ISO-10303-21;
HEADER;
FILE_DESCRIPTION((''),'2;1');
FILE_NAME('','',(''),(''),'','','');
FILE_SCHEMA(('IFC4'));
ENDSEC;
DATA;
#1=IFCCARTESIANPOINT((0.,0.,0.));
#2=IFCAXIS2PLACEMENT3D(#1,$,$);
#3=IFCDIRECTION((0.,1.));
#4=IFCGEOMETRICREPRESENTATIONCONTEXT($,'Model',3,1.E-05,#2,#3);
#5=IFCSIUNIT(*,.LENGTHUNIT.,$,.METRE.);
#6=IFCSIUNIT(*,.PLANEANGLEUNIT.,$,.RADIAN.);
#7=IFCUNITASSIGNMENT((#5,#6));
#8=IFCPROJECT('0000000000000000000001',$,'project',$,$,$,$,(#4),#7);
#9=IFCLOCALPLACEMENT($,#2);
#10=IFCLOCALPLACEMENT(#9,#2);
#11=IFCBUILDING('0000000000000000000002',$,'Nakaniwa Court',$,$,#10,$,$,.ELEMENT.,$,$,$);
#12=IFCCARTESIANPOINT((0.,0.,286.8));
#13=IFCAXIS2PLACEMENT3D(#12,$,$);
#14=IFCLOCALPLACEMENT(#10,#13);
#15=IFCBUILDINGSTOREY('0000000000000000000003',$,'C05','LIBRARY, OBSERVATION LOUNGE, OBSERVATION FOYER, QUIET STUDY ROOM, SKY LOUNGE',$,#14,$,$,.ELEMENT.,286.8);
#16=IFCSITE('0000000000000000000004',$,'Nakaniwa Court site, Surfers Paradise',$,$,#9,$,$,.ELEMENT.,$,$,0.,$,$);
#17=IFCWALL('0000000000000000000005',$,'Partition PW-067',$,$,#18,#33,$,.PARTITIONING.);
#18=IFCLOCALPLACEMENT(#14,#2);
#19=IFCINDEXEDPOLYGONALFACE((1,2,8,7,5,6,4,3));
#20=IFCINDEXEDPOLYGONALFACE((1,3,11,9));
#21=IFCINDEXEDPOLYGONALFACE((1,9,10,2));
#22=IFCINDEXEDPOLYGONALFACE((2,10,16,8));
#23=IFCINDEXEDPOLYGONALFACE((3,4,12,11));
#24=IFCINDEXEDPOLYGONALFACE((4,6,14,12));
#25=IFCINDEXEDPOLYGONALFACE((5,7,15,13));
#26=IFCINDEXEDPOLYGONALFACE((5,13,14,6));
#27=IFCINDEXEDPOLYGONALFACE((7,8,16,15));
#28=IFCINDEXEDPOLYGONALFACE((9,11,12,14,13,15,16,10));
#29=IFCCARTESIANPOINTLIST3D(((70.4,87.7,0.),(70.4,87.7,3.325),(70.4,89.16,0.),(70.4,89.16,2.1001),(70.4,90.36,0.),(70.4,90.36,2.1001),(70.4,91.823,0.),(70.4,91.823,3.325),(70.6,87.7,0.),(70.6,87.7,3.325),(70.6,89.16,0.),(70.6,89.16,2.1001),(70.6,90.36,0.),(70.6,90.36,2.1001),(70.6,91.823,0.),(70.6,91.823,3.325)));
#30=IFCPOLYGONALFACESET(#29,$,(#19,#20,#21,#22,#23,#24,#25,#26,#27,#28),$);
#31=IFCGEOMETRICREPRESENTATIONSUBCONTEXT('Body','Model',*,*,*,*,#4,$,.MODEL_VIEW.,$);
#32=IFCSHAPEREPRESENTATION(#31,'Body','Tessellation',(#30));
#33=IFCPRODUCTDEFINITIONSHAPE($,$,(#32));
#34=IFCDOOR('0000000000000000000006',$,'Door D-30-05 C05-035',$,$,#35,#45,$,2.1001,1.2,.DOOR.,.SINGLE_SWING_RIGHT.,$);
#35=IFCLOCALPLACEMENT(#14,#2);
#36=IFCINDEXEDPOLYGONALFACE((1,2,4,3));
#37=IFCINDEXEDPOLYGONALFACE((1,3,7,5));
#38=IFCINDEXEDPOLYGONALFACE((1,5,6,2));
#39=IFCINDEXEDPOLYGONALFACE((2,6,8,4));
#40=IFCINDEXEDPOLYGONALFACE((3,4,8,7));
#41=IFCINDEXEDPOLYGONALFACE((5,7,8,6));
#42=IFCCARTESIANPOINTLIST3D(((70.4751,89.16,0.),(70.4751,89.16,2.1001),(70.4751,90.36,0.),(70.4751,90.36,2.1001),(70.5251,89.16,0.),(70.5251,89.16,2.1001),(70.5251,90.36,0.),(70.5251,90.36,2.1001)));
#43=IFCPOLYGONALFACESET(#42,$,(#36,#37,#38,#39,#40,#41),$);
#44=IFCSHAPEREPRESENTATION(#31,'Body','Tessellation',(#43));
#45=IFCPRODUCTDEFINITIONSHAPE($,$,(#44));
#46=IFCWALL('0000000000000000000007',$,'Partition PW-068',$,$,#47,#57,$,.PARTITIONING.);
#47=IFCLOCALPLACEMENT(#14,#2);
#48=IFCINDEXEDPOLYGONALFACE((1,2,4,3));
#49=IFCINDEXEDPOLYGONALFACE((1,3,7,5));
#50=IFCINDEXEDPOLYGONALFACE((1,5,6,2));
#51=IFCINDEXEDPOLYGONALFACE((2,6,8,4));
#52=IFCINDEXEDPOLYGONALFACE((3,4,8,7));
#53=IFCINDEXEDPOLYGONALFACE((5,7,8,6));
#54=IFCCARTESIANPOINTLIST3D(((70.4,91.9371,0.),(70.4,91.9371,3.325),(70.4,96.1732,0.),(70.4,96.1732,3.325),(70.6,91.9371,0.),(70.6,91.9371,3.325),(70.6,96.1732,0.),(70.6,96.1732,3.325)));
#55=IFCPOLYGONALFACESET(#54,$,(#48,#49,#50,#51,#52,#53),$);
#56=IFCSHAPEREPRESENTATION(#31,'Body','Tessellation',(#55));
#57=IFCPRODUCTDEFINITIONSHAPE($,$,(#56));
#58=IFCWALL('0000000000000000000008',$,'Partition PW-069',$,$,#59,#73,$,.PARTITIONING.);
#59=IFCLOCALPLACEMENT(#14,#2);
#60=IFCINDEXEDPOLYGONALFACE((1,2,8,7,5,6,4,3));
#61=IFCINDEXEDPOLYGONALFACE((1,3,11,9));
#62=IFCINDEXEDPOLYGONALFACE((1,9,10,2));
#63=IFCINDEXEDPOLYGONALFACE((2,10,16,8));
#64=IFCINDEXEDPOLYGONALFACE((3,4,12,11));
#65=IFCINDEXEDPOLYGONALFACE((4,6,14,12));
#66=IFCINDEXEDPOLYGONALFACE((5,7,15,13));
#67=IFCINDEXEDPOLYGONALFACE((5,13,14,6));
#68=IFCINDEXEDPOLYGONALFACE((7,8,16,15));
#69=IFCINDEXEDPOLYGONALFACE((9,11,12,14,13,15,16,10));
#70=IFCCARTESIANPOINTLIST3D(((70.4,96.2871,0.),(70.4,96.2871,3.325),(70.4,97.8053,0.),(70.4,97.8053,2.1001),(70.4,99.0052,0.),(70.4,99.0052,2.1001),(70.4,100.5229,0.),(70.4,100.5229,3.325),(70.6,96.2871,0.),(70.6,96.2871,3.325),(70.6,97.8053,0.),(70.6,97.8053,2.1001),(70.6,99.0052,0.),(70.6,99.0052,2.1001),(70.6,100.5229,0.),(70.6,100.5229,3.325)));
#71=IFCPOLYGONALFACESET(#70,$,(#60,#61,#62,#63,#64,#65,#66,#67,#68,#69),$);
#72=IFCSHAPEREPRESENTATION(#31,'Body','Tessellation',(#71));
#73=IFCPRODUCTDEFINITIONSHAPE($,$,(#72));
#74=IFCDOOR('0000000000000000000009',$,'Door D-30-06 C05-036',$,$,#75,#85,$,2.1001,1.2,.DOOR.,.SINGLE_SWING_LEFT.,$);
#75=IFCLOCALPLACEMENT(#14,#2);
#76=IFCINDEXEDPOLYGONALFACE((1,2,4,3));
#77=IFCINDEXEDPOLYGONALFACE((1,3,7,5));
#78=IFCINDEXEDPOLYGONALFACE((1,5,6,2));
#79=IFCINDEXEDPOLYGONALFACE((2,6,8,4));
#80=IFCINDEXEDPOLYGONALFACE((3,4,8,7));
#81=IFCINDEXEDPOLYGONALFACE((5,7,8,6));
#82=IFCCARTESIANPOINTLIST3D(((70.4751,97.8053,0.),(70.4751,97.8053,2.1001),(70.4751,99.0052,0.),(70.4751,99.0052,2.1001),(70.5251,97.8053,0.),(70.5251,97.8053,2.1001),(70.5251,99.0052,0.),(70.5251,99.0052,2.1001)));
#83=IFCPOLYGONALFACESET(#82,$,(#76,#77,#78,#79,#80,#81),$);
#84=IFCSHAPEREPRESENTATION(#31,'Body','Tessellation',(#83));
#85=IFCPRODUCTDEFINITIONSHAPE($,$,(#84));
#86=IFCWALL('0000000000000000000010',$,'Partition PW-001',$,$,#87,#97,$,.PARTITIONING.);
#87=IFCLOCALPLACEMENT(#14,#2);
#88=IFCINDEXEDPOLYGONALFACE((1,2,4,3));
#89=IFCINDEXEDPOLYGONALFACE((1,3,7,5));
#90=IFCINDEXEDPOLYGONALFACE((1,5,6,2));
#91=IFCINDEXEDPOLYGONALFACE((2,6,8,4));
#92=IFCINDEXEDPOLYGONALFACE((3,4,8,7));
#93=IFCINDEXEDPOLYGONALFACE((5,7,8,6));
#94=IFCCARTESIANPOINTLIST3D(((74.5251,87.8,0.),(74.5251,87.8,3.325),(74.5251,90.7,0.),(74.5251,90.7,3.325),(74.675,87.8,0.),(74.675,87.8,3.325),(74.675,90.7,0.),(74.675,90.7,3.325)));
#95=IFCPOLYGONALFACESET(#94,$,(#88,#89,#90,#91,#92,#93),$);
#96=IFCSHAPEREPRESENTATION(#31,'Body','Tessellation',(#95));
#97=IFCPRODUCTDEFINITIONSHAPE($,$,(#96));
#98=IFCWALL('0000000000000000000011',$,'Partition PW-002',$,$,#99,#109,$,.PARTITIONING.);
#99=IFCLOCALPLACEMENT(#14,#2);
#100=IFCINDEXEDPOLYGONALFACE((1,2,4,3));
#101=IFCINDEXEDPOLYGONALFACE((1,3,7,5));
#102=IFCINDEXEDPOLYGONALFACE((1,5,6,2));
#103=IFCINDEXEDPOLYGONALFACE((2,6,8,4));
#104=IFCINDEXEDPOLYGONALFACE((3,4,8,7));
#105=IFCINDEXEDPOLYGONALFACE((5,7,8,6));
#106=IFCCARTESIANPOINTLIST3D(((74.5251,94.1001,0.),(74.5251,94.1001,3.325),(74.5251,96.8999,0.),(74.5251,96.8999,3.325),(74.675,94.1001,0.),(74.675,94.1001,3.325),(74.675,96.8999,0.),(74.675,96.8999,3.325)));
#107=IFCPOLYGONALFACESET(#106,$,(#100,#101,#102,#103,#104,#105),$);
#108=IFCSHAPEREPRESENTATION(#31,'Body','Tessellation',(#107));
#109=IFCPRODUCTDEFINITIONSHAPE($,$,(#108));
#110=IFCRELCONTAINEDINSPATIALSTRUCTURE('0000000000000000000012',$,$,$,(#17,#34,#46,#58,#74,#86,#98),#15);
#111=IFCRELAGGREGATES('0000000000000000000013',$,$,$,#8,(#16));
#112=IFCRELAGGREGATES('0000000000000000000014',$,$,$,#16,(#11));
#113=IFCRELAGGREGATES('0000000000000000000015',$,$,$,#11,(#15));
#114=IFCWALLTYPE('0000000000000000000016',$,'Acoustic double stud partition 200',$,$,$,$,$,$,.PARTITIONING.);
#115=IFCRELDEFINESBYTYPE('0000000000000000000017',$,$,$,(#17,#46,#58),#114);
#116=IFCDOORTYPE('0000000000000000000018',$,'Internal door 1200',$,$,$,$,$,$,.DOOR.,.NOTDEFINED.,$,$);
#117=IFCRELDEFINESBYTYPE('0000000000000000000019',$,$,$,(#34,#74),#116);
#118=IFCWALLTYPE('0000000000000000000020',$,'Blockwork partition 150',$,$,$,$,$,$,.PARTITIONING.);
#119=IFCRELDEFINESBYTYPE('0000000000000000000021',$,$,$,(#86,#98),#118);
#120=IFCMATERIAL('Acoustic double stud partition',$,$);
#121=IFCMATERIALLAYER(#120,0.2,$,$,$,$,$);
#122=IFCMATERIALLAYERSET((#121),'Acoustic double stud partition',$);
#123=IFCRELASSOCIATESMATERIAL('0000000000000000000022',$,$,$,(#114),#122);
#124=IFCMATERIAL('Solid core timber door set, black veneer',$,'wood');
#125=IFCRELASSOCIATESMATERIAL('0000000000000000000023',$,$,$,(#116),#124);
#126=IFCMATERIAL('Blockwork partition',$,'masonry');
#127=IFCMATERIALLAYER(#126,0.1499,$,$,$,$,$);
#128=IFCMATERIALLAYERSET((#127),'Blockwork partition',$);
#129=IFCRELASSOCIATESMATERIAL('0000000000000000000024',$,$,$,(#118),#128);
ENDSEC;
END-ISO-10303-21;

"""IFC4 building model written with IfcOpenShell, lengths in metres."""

from ifc_helpers import new_model, si_unit, direction, frame, frame_2d, origin, place, context, subcontext, project, spatial, rectangle, extrude, material, layer, layer_set, type_object, element, fill, save


model = new_model("IFC4")

# Units and contexts
model_context = context("Model", 3, precision=1e-05, world=origin(), true_north=direction((0.0, 1.0)))
body_context = subcontext(model_context, "Body", "Model", "MODEL_VIEW")
ifc_project = project(units=[si_unit("LENGTHUNIT", "METRE"), si_unit("PLANEANGLEUNIT", "RADIAN")], contexts=[model_context])

# Site, building, storey
site_placement = place(None, origin())
site = spatial("IfcSite", under=ifc_project, at=site_placement, Name="Nakaniwa Court site, Surfers Paradise", CompositionType="ELEMENT", RefElevation=0.0)
building_placement = place(site_placement, origin())
building = spatial("IfcBuilding", under=site, at=building_placement, Name="Nakaniwa Court", CompositionType="ELEMENT")
storey_placement = place(building_placement, frame((0.0, 0.0, 286.8)))
storey = spatial("IfcBuildingStorey", under=building, at=storey_placement, Name="C05", Description="LIBRARY, OBSERVATION LOUNGE, OBSERVATION FOYER, QUIET STUDY ROOM, SKY LOUNGE", CompositionType="ELEMENT", Elevation=286.8)

# Wall, opening, door
ifc_material_1 = material(Name="Acoustic double stud partition")
ifc_layer_1 = layer(ifc_material_1, 0.2)
ifc_layer_set_1 = layer_set([ifc_layer_1], Name="Acoustic double stud partition")
wall_type_1 = type_object("IfcWallType", Name="Acoustic double stud partition 200", PredefinedType="PARTITIONING", material=ifc_layer_set_1)
wall_1_placement = place(storey_placement, frame((70.5, 87.7, 0.0), z_axis=(0.0, 0.0, 1.0), x_axis=(0.0, 1.0, 0.0)))
wall_1 = element("IfcWall", 1, at=wall_1_placement, inside=storey, type_object=wall_type_1, Name="Partition PW-067", PredefinedType="PARTITIONING", context=body_context, shape_type="SweptSolid", body=[
    extrude(rectangle(XDim=4.123, YDim=0.2, at=frame_2d((2.0615, 0.0))), origin(), (0.0, 0.0, 1.0), 3.325),
])
opening_1_placement = place(wall_1_placement, frame((1.46, 0.0, 0.0)))
opening_1 = element("IfcOpeningElement", 2, at=opening_1_placement, cuts=wall_1, PredefinedType="OPENING", context=body_context, shape_type="SweptSolid", body=[
    extrude(rectangle(XDim=1.2, YDim=2.1001, at=frame_2d((0.6001, 1.05))), frame((0.0, 0.1099, 0.0), z_axis=(0.0, -1.0, 0.0), x_axis=(1.0, 0.0, 0.0)), (0.0, 0.0, 1.0), 0.22),
])
ifc_material_2 = material(Name="Solid core timber door set, black veneer", Category="wood")
door_type_1 = type_object("IfcDoorType", Name="Internal door 1200", OperationType="NOTDEFINED", PredefinedType="DOOR", material=ifc_material_2)
door_1_placement = place(opening_1_placement, origin())
door_1 = element("IfcDoor", 3, at=door_1_placement, inside=storey, type_object=door_type_1, Name="Door D-30-05 C05-035", OperationType="SINGLE_SWING_RIGHT", OverallHeight=2.1001, OverallWidth=1.2, PredefinedType="DOOR", context=body_context, shape_type="SweptSolid", body=[
    extrude(rectangle(XDim=1.2, YDim=2.1001, at=frame_2d((0.6001, 1.05))), frame((0.0, 0.0249, 0.0), z_axis=(0.0, -1.0, 0.0), x_axis=(1.0, 0.0, 0.0)), (0.0, 0.0, 1.0), 0.05),
])
fill(opening_1, door_1)

# Wall
wall_2_placement = place(storey_placement, frame((70.5, 91.937, 0.0), z_axis=(0.0, 0.0, 1.0), x_axis=(0.0, 1.0, 0.0)))
element("IfcWall", 4, at=wall_2_placement, inside=storey, type_object=wall_type_1, Name="Partition PW-068", PredefinedType="PARTITIONING", context=body_context, shape_type="SweptSolid", body=[
    extrude(rectangle(XDim=4.2361, YDim=0.2, at=frame_2d((2.1182, 0.0))), origin(), (0.0, 0.0, 1.0), 3.325),
])

# Wall, opening, door
wall_3_placement = place(storey_placement, frame((70.5, 96.2871, 0.0), z_axis=(0.0, 0.0, 1.0), x_axis=(0.0, 1.0, 0.0)))
wall_3 = element("IfcWall", 5, at=wall_3_placement, inside=storey, type_object=wall_type_1, Name="Partition PW-069", PredefinedType="PARTITIONING", context=body_context, shape_type="SweptSolid", body=[
    extrude(rectangle(XDim=4.2358, YDim=0.2, at=frame_2d((2.1179, 0.0))), origin(), (0.0, 0.0, 1.0), 3.325),
])
opening_2_placement = place(wall_3_placement, frame((1.5181, 0.0, 0.0)))
opening_2 = element("IfcOpeningElement", 6, at=opening_2_placement, cuts=wall_3, PredefinedType="OPENING", context=body_context, shape_type="SweptSolid", body=[
    extrude(rectangle(XDim=1.2, YDim=2.1001, at=frame_2d((0.6001, 1.05))), frame((0.0, 0.1099, 0.0), z_axis=(0.0, -1.0, 0.0), x_axis=(1.0, 0.0, 0.0)), (0.0, 0.0, 1.0), 0.22),
])
door_2_placement = place(opening_2_placement, origin())
door_2 = element("IfcDoor", 7, at=door_2_placement, inside=storey, type_object=door_type_1, Name="Door D-30-06 C05-036", OperationType="SINGLE_SWING_LEFT", OverallHeight=2.1001, OverallWidth=1.2, PredefinedType="DOOR", context=body_context, shape_type="SweptSolid", body=[
    extrude(rectangle(XDim=1.2, YDim=2.1001, at=frame_2d((0.6001, 1.05))), frame((0.0, 0.0249, 0.0), z_axis=(0.0, -1.0, 0.0), x_axis=(1.0, 0.0, 0.0)), (0.0, 0.0, 1.0), 0.05),
])
fill(opening_2, door_2)

# Walls
ifc_material_3 = material(Name="Blockwork partition", Category="masonry")
ifc_layer_2 = layer(ifc_material_3, 0.1499)
ifc_layer_set_2 = layer_set([ifc_layer_2], Name="Blockwork partition")
wall_type_2 = type_object("IfcWallType", Name="Blockwork partition 150", PredefinedType="PARTITIONING", material=ifc_layer_set_2)
wall_4_placement = place(storey_placement, frame((74.6001, 87.8, 0.0), z_axis=(0.0, 0.0, 1.0), x_axis=(0.0, 1.0, 0.0)))
element("IfcWall", 8, at=wall_4_placement, inside=storey, type_object=wall_type_2, Name="Partition PW-001", PredefinedType="PARTITIONING", context=body_context, shape_type="SweptSolid", body=[
    extrude(rectangle(XDim=2.8999, YDim=0.1499, at=frame_2d((1.45, 0.0))), origin(), (0.0, 0.0, 1.0), 3.325),
])
wall_5_placement = place(storey_placement, frame((74.6001, 94.1001, 0.0), z_axis=(0.0, 0.0, 1.0), x_axis=(0.0, 1.0, 0.0)))
element("IfcWall", 9, at=wall_5_placement, inside=storey, type_object=wall_type_2, Name="Partition PW-002", PredefinedType="PARTITIONING", context=body_context, shape_type="SweptSolid", body=[
    extrude(rectangle(XDim=2.7998, YDim=0.1499, at=frame_2d((1.3999, 0.0))), origin(), (0.0, 0.0, 1.0), 3.325),
])

save(model, "model.ifc")
